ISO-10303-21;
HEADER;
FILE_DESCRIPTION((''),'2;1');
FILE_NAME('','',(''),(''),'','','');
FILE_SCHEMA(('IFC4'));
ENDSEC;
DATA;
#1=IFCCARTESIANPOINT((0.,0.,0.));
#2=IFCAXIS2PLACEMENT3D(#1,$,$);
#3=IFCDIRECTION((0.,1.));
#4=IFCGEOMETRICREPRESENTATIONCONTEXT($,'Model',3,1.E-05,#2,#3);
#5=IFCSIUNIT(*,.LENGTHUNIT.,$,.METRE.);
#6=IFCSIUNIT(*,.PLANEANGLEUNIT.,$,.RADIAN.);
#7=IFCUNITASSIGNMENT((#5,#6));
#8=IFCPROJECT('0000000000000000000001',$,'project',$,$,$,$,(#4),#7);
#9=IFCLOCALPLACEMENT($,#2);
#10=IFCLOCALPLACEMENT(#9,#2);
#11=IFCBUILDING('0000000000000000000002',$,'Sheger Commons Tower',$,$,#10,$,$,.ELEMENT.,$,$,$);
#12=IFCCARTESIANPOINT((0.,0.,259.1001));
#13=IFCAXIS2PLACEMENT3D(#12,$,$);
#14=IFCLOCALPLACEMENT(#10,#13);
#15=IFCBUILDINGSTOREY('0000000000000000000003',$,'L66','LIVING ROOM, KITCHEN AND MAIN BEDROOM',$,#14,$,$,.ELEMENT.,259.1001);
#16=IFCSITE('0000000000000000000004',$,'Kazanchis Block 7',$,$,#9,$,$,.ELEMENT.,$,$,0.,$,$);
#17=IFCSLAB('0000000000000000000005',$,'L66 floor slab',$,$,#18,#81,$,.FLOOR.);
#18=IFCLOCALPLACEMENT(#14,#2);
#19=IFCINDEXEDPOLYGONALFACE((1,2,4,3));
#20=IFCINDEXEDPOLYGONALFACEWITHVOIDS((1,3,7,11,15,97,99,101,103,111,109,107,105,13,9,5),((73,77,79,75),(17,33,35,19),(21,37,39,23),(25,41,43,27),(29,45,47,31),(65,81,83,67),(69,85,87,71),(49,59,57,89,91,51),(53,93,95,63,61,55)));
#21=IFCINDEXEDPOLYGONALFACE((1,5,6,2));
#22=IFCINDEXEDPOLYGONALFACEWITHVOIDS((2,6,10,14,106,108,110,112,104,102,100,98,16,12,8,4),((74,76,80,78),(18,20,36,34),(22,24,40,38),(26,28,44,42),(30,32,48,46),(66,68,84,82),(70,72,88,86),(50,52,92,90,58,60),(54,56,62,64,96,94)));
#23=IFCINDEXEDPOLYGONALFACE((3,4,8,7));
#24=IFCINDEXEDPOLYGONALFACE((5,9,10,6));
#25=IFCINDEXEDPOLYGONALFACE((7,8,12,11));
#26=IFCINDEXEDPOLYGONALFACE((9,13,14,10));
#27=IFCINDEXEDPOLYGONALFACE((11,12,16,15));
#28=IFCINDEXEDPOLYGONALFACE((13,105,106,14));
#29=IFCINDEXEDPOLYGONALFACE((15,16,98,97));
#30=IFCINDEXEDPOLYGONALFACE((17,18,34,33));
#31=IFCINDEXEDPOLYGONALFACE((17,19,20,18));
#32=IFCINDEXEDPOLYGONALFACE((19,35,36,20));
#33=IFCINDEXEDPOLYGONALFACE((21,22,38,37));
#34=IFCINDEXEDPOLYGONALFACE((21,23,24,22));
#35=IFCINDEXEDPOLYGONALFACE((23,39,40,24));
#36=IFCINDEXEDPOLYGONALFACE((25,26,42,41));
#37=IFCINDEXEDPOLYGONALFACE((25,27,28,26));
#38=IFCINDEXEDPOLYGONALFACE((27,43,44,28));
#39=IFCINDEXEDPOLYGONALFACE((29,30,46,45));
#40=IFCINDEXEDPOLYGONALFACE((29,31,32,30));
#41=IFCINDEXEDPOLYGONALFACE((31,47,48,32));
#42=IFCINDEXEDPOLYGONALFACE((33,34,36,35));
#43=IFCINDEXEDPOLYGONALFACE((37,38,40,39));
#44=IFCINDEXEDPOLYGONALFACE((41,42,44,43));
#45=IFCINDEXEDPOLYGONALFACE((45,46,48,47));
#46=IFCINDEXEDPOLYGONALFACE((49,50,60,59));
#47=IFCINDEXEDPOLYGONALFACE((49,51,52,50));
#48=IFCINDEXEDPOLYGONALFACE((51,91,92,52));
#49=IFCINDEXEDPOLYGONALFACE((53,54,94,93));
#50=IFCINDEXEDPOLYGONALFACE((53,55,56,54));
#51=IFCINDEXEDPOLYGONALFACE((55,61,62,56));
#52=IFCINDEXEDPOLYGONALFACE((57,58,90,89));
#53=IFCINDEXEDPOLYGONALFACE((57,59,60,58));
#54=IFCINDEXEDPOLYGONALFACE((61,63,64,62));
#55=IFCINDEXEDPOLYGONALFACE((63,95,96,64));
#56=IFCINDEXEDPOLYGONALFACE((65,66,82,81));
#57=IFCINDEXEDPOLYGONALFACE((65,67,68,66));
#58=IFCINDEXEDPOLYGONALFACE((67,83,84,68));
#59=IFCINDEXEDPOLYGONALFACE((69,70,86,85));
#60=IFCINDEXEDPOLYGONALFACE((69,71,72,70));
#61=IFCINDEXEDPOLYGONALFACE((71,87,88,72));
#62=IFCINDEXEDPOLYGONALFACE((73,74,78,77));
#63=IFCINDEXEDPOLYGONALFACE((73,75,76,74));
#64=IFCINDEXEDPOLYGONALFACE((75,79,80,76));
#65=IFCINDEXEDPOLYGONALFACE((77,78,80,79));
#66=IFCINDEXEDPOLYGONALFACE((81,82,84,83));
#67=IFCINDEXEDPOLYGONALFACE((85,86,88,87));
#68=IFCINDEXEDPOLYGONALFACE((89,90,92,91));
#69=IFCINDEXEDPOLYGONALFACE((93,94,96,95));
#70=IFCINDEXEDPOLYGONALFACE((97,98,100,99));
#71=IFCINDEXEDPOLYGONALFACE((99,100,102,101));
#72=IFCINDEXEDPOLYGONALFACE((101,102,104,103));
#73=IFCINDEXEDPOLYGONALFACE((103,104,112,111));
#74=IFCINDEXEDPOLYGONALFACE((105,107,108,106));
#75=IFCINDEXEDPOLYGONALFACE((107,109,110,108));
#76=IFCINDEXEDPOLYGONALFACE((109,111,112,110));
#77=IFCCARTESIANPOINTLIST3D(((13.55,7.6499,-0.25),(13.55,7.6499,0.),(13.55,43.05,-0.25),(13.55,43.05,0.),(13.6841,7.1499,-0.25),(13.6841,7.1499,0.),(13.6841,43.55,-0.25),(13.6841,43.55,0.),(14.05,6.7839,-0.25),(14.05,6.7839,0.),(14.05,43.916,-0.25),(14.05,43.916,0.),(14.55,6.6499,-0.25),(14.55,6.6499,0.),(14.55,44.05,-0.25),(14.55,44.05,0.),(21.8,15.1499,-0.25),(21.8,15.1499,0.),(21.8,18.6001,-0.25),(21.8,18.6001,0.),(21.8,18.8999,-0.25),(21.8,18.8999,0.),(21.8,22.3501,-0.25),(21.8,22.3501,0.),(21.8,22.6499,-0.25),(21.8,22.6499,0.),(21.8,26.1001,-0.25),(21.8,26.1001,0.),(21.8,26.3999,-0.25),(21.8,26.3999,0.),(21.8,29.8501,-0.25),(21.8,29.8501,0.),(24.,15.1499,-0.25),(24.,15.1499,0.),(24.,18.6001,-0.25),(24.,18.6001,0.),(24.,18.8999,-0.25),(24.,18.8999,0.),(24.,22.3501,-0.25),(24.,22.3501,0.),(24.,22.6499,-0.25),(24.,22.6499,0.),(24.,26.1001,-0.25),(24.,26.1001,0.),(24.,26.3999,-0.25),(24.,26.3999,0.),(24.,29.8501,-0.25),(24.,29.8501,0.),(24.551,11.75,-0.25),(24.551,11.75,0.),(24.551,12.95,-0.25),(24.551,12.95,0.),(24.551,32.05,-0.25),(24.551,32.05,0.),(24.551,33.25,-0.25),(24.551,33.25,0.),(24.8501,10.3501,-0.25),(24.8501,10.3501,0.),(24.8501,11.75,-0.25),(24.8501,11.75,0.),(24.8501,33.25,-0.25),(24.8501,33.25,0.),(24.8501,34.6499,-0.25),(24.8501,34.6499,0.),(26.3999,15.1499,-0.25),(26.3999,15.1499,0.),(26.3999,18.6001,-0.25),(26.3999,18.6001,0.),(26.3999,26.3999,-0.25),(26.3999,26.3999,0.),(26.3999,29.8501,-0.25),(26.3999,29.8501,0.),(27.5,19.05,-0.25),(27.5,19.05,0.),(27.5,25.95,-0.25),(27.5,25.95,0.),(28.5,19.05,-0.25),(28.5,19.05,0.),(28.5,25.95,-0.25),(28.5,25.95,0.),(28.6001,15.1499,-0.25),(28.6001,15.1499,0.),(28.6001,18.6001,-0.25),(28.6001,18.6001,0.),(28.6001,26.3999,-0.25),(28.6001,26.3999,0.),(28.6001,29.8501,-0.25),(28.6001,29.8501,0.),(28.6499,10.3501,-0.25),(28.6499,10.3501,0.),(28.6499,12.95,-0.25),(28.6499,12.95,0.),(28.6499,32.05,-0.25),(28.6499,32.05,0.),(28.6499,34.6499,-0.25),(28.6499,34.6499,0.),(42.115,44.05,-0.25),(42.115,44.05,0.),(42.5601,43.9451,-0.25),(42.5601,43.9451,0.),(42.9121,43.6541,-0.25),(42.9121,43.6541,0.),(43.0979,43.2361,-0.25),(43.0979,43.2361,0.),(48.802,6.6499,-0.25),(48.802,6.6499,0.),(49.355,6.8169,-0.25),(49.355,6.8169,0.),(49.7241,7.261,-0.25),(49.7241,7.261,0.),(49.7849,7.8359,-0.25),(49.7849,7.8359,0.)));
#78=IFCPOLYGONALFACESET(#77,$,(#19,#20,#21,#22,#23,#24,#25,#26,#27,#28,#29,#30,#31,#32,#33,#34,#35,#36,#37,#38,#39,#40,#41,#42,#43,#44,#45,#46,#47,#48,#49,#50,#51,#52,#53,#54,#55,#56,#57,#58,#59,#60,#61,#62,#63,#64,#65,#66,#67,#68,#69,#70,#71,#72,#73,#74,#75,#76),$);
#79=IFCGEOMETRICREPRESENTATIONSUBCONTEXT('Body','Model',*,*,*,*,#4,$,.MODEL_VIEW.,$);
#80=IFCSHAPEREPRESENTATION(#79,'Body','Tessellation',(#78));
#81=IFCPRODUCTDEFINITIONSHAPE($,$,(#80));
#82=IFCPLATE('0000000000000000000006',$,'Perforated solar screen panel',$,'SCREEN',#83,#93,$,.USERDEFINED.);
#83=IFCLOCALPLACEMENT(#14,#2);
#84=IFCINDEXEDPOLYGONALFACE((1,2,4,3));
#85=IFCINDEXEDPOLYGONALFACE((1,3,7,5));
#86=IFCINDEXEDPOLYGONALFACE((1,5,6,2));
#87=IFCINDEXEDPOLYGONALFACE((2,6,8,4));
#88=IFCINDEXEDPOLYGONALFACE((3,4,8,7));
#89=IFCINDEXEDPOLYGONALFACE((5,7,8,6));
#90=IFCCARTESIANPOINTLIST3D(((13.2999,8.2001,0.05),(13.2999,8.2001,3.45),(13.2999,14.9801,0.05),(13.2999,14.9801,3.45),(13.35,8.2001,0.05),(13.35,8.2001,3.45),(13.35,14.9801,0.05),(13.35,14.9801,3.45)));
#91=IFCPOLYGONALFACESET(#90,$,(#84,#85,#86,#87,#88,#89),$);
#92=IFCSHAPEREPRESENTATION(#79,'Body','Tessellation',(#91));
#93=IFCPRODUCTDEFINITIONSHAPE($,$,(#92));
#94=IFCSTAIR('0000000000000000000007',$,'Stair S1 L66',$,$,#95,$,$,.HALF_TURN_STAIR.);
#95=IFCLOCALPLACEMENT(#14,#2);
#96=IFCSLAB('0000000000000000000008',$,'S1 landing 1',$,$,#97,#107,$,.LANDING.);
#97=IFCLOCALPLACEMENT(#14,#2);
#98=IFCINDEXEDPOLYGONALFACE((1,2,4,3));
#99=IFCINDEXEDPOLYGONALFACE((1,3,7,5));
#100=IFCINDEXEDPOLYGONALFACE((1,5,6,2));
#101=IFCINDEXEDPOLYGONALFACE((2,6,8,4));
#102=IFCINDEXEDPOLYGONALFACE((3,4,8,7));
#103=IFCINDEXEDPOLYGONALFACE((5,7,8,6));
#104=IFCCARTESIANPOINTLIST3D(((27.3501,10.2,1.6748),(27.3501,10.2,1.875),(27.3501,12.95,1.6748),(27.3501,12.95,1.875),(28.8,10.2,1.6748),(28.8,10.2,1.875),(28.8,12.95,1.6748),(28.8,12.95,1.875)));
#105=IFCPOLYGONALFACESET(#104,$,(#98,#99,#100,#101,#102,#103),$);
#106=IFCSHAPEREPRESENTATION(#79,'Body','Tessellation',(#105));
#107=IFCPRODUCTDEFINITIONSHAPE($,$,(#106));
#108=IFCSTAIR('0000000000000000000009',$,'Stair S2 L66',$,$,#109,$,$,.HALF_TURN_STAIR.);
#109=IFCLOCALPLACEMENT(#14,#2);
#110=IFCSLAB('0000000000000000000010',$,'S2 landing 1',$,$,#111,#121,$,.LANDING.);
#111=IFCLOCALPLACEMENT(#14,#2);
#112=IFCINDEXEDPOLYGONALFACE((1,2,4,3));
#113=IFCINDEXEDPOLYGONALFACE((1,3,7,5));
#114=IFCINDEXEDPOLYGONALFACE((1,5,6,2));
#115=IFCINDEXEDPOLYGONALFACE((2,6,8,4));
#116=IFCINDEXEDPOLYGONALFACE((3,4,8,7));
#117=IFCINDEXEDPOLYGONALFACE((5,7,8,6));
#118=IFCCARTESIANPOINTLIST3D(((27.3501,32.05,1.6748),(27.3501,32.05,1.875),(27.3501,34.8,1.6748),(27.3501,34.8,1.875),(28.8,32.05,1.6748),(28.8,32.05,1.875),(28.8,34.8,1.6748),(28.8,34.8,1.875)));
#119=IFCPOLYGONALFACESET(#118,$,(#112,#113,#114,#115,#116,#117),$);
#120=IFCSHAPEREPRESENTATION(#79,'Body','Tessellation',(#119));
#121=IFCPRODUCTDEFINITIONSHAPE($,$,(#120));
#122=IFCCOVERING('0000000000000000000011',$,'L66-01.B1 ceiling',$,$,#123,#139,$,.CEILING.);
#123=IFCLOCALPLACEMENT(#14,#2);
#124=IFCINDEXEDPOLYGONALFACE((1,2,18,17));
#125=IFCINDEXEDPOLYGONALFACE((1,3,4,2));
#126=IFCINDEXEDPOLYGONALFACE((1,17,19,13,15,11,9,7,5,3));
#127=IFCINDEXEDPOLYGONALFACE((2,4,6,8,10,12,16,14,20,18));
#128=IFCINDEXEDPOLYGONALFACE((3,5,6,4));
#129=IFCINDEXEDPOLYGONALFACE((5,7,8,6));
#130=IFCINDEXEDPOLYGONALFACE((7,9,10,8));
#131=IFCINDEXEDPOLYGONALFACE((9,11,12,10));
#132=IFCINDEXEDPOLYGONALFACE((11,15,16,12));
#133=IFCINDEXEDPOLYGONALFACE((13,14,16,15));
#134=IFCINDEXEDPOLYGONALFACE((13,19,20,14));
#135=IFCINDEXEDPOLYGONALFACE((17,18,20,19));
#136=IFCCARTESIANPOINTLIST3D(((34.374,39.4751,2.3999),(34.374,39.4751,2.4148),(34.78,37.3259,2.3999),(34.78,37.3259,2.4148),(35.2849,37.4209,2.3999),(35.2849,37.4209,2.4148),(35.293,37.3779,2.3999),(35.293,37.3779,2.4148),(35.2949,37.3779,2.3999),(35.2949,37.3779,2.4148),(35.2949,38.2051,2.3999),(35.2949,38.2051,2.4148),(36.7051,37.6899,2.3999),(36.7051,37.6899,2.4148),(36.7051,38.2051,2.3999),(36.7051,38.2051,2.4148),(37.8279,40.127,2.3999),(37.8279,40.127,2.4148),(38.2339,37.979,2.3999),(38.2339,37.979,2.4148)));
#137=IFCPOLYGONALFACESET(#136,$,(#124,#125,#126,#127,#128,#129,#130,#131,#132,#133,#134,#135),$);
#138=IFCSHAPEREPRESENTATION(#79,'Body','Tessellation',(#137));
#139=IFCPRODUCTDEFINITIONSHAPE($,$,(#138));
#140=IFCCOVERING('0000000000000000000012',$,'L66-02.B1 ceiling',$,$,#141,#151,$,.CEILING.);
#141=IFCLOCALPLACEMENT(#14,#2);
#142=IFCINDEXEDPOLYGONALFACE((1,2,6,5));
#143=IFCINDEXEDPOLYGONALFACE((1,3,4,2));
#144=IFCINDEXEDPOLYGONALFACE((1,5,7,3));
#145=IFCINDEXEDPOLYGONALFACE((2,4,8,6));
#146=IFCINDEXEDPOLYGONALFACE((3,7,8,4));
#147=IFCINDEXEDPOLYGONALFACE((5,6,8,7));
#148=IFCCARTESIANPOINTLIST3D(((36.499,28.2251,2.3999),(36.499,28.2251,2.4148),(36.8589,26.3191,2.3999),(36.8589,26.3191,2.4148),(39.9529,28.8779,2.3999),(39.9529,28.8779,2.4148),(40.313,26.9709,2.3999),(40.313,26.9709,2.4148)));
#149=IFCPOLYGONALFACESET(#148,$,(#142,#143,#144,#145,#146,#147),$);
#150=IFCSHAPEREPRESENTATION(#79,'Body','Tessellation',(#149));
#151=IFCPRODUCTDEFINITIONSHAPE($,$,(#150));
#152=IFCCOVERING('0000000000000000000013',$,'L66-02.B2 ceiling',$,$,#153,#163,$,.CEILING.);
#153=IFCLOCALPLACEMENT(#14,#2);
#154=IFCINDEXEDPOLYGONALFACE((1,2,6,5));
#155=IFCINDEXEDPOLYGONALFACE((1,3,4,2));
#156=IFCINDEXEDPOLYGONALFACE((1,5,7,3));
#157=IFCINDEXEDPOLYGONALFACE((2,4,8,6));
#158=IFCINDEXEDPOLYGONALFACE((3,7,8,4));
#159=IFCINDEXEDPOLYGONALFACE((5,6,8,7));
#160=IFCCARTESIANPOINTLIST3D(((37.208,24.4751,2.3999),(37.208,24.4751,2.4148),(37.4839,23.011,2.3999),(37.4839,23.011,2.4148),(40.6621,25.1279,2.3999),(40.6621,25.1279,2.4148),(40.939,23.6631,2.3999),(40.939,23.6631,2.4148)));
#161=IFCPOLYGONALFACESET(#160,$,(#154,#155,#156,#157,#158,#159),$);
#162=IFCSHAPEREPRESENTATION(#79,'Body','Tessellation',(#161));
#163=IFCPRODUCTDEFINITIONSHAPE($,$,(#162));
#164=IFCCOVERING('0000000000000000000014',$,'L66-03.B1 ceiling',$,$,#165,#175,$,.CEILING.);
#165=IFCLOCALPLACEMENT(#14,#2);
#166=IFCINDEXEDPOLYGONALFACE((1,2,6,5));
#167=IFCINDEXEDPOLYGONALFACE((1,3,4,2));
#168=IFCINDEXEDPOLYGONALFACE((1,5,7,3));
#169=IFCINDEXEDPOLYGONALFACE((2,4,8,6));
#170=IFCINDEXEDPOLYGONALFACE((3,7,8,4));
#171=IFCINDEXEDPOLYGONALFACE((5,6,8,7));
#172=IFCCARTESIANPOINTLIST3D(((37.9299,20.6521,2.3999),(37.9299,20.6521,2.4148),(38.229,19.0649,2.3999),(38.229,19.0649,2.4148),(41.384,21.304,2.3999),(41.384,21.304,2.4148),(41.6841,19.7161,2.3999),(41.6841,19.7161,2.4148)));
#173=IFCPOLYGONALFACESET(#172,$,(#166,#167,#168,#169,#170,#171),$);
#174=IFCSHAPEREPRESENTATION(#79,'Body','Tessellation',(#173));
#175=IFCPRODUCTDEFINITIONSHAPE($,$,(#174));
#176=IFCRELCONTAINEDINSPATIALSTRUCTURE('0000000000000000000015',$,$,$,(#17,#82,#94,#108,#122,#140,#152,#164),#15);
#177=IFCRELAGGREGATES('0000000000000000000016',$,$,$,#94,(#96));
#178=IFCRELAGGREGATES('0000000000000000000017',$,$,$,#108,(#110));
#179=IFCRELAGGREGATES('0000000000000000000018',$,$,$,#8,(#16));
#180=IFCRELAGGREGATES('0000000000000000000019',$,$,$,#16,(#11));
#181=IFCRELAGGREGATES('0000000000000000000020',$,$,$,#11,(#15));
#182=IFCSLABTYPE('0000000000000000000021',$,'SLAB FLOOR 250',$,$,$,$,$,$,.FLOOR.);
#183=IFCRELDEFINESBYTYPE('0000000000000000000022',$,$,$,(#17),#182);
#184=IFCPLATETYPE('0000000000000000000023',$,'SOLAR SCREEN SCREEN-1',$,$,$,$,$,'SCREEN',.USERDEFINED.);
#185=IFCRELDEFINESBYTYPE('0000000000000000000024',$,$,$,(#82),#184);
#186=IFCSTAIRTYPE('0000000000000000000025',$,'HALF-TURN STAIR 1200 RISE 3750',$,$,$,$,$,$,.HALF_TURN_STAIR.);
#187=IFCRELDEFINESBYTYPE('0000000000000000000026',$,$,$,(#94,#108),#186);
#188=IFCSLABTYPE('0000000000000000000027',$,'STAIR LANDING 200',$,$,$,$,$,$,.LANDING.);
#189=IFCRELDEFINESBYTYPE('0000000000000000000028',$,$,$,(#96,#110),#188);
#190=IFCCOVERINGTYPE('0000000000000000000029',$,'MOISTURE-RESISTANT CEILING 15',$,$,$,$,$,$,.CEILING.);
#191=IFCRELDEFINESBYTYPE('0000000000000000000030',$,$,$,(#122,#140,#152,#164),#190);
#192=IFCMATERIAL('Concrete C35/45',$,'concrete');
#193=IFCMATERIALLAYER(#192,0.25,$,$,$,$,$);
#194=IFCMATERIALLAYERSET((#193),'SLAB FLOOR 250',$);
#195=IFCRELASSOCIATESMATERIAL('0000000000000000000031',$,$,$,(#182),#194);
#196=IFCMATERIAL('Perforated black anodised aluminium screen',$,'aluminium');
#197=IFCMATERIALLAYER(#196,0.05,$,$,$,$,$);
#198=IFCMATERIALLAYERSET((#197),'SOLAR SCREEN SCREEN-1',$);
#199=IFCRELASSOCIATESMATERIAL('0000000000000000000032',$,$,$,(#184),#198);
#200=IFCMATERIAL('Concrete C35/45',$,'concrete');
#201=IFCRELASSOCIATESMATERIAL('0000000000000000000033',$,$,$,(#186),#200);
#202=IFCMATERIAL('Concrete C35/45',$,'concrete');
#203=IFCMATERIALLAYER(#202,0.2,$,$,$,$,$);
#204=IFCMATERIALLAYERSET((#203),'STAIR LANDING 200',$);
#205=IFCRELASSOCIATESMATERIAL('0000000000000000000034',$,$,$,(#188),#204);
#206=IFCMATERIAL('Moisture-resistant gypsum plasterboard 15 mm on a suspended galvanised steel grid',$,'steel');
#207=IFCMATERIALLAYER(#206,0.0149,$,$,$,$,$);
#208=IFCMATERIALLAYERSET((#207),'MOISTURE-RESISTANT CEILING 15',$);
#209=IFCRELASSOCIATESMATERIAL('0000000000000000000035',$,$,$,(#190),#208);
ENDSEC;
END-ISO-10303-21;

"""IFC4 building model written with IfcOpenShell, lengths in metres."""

from ifc_helpers import new_model, si_unit, direction, frame, origin, origin_2d, place, context, subcontext, project, spatial, polyline, rectangle, outline, extrude, material, layer, layer_set, type_object, element, aggregate, save


model = new_model("IFC4")

# Units and contexts
model_context = context("Model", 3, precision=1e-05, world=origin(), true_north=direction((0.0, 1.0)))
body_context = subcontext(model_context, "Body", "Model", "MODEL_VIEW")
ifc_project = project(units=[si_unit("LENGTHUNIT", "METRE"), si_unit("PLANEANGLEUNIT", "RADIAN")], contexts=[model_context])

# Site, building, storey
site_placement = place(None, origin())
site = spatial("IfcSite", under=ifc_project, at=site_placement, Name="Kazanchis Block 7", CompositionType="ELEMENT", RefElevation=0.0)
building_placement = place(site_placement, origin())
building = spatial("IfcBuilding", under=site, at=building_placement, Name="Sheger Commons Tower", CompositionType="ELEMENT")
storey_placement = place(building_placement, frame((0.0, 0.0, 259.1001)))
storey = spatial("IfcBuildingStorey", under=building, at=storey_placement, Name="L66", Description="LIVING ROOM, KITCHEN AND MAIN BEDROOM", CompositionType="ELEMENT", Elevation=259.1001)

# Slab
ifc_material_1 = material(Name="Concrete C35/45", Category="concrete")
ifc_layer_1 = layer(ifc_material_1, 0.25)
ifc_layer_set_1 = layer_set([ifc_layer_1], Name="SLAB FLOOR 250")
slab_type_1 = type_object("IfcSlabType", Name="SLAB FLOOR 250", PredefinedType="FLOOR", material=ifc_layer_set_1)
slab_1_placement = place(storey_placement, frame((0.0, 0.0, -0.25)))
element("IfcSlab", 1, at=slab_1_placement, inside=storey, type_object=slab_type_1, Name="L66 floor slab", PredefinedType="FLOOR", context=body_context, shape_type="SweptSolid", body=[
    extrude(outline(polyline([(13.55, 7.6499), (13.6841, 7.1499), (14.05, 6.7839), (14.55, 6.6499), (48.802, 6.6499), (49.355, 6.8169), (49.7241, 7.261), (49.7849, 7.8359), (43.0979, 43.2361), (42.9121, 43.6541), (42.5601, 43.9451), (42.115, 44.05), (14.55, 44.05), (14.05, 43.916), (13.6841, 43.55), (13.55, 43.05), (13.55, 7.6499)]), holes=[polyline([(24.8501, 10.3501), (28.6499, 10.3501), (28.6499, 12.95), (24.551, 12.95), (24.551, 11.75), (24.8501, 11.75), (24.8501, 10.3501)]), polyline([(24.551, 32.05), (28.6499, 32.05), (28.6499, 34.6499), (24.8501, 34.6499), (24.8501, 33.25), (24.551, 33.25), (24.551, 32.05)]), polyline([(26.3999, 15.1499), (28.6001, 15.1499), (28.6001, 18.6001), (26.3999, 18.6001), (26.3999, 15.1499)]), polyline([(26.3999, 26.3999), (28.6001, 26.3999), (28.6001, 29.8501), (26.3999, 29.8501), (26.3999, 26.3999)]), polyline([(21.8, 15.1499), (24.0, 15.1499), (24.0, 18.6001), (21.8, 18.6001), (21.8, 15.1499)]), polyline([(21.8, 18.8999), (24.0, 18.8999), (24.0, 22.3501), (21.8, 22.3501), (21.8, 18.8999)]), polyline([(21.8, 22.6499), (24.0, 22.6499), (24.0, 26.1001), (21.8, 26.1001), (21.8, 22.6499)]), polyline([(21.8, 26.3999), (24.0, 26.3999), (24.0, 29.8501), (21.8, 29.8501), (21.8, 26.3999)]), polyline([(27.5, 19.05), (28.5, 19.05), (28.5, 25.95), (27.5, 25.95), (27.5, 19.05)])]), origin(), (0.0, 0.0, 1.0), 0.25),
])

# Plate
ifc_material_2 = material(Name="Perforated black anodised aluminium screen", Category="aluminium")
ifc_layer_2 = layer(ifc_material_2, 0.05)
ifc_layer_set_2 = layer_set([ifc_layer_2], Name="SOLAR SCREEN SCREEN-1")
plate_type = type_object("IfcPlateType", Name="SOLAR SCREEN SCREEN-1", ElementType="SCREEN", PredefinedType="USERDEFINED", material=ifc_layer_set_2)
plate_placement = place(storey_placement, frame((13.325, 11.5901, 0.05), z_axis=(0.0, 0.0, 1.0), x_axis=(0.0, -1.0, 0.0)))
element("IfcPlate", 2, at=plate_placement, inside=storey, type_object=plate_type, Name="Perforated solar screen panel", ObjectType="SCREEN", PredefinedType="USERDEFINED", context=body_context, shape_type="SweptSolid", body=[
    extrude(rectangle(XDim=6.78, YDim=0.05, at=origin_2d()), origin(), (0.0, 0.0, 1.0), 3.3999),
])

# Stairs, slabs
ifc_material_3 = material(Name="Concrete C35/45", Category="concrete")
stair_type = type_object("IfcStairType", Name="HALF-TURN STAIR 1200 RISE 3750", PredefinedType="HALF_TURN_STAIR", material=ifc_material_3)
stair_1_placement = place(storey_placement, origin())
stair_1 = element("IfcStair", 3, at=stair_1_placement, inside=storey, type_object=stair_type, Name="Stair S1 L66", PredefinedType="HALF_TURN_STAIR")
ifc_material_4 = material(Name="Concrete C35/45", Category="concrete")
ifc_layer_3 = layer(ifc_material_4, 0.2)
ifc_layer_set_3 = layer_set([ifc_layer_3], Name="STAIR LANDING 200")
slab_type_2 = type_object("IfcSlabType", Name="STAIR LANDING 200", PredefinedType="LANDING", material=ifc_layer_set_3)
slab_2_placement = place(storey_placement, frame((0.0, 0.0, 1.6748)))
slab_2 = element("IfcSlab", 4, at=slab_2_placement, type_object=slab_type_2, Name="S1 landing 1", PredefinedType="LANDING", context=body_context, shape_type="SweptSolid", body=[
    extrude(outline(polyline([(27.3501, 10.2), (28.8, 10.2), (28.8, 12.95), (27.3501, 12.95), (27.3501, 10.2)])), origin(), (0.0, 0.0, 1.0), 0.2002),
])
aggregate(stair_1, [slab_2])
stair_2_placement = place(storey_placement, origin())
stair_2 = element("IfcStair", 5, at=stair_2_placement, inside=storey, type_object=stair_type, Name="Stair S2 L66", PredefinedType="HALF_TURN_STAIR")
slab_3_placement = place(storey_placement, frame((0.0, 0.0, 1.6748)))
slab_3 = element("IfcSlab", 6, at=slab_3_placement, type_object=slab_type_2, Name="S2 landing 1", PredefinedType="LANDING", context=body_context, shape_type="SweptSolid", body=[
    extrude(outline(polyline([(27.3501, 32.05), (28.8, 32.05), (28.8, 34.8), (27.3501, 34.8), (27.3501, 32.05)])), origin(), (0.0, 0.0, 1.0), 0.2002),
])
aggregate(stair_2, [slab_3])

# Coverings
ifc_material_5 = material(Name="Moisture-resistant gypsum plasterboard 15 mm on a suspended galvanised steel grid", Category="steel")
ifc_layer_4 = layer(ifc_material_5, 0.0149)
ifc_layer_set_4 = layer_set([ifc_layer_4], Name="MOISTURE-RESISTANT CEILING 15")
covering_type_1 = type_object("IfcCoveringType", Name="MOISTURE-RESISTANT CEILING 15", PredefinedType="CEILING", material=ifc_layer_set_4)
covering_1_placement = place(storey_placement, frame((0.0, 0.0, 2.3999)))
element("IfcCovering", 7, at=covering_1_placement, inside=storey, type_object=covering_type_1, Name="L66-01.B1 ceiling", PredefinedType="CEILING", context=body_context, shape_type="SweptSolid", body=[
    extrude(outline(polyline([(34.78, 37.3259), (35.2849, 37.4209), (35.293, 37.3779), (35.2949, 37.3779), (35.2949, 38.2051), (36.7051, 38.2051), (36.7051, 37.6899), (38.2339, 37.979), (37.8279, 40.127), (34.374, 39.4751), (34.78, 37.3259)])), origin(), (0.0, 0.0, 1.0), 0.0149),
])
covering_2_placement = place(storey_placement, frame((0.0, 0.0, 2.3999)))
element("IfcCovering", 8, at=covering_2_placement, inside=storey, type_object=covering_type_1, Name="L66-02.B1 ceiling", PredefinedType="CEILING", context=body_context, shape_type="SweptSolid", body=[
    extrude(outline(polyline([(36.8589, 26.3191), (40.313, 26.9709), (39.9529, 28.8779), (36.499, 28.2251), (36.8589, 26.3191)])), origin(), (0.0, 0.0, 1.0), 0.0149),
])
covering_3_placement = place(storey_placement, frame((0.0, 0.0, 2.3999)))
element("IfcCovering", 9, at=covering_3_placement, inside=storey, type_object=covering_type_1, Name="L66-02.B2 ceiling", PredefinedType="CEILING", context=body_context, shape_type="SweptSolid", body=[
    extrude(outline(polyline([(37.4839, 23.011), (40.939, 23.6631), (40.6621, 25.1279), (37.208, 24.4751), (37.4839, 23.011)])), origin(), (0.0, 0.0, 1.0), 0.0149),
])
covering_4_placement = place(storey_placement, frame((0.0, 0.0, 2.3999)))
element("IfcCovering", 10, at=covering_4_placement, inside=storey, type_object=covering_type_1, Name="L66-03.B1 ceiling", PredefinedType="CEILING", context=body_context, shape_type="SweptSolid", body=[
    extrude(outline(polyline([(38.229, 19.0649), (41.6841, 19.7161), (41.384, 21.304), (37.9299, 20.6521), (38.229, 19.0649)])), origin(), (0.0, 0.0, 1.0), 0.0149),
])

save(model, "model.ifc")
